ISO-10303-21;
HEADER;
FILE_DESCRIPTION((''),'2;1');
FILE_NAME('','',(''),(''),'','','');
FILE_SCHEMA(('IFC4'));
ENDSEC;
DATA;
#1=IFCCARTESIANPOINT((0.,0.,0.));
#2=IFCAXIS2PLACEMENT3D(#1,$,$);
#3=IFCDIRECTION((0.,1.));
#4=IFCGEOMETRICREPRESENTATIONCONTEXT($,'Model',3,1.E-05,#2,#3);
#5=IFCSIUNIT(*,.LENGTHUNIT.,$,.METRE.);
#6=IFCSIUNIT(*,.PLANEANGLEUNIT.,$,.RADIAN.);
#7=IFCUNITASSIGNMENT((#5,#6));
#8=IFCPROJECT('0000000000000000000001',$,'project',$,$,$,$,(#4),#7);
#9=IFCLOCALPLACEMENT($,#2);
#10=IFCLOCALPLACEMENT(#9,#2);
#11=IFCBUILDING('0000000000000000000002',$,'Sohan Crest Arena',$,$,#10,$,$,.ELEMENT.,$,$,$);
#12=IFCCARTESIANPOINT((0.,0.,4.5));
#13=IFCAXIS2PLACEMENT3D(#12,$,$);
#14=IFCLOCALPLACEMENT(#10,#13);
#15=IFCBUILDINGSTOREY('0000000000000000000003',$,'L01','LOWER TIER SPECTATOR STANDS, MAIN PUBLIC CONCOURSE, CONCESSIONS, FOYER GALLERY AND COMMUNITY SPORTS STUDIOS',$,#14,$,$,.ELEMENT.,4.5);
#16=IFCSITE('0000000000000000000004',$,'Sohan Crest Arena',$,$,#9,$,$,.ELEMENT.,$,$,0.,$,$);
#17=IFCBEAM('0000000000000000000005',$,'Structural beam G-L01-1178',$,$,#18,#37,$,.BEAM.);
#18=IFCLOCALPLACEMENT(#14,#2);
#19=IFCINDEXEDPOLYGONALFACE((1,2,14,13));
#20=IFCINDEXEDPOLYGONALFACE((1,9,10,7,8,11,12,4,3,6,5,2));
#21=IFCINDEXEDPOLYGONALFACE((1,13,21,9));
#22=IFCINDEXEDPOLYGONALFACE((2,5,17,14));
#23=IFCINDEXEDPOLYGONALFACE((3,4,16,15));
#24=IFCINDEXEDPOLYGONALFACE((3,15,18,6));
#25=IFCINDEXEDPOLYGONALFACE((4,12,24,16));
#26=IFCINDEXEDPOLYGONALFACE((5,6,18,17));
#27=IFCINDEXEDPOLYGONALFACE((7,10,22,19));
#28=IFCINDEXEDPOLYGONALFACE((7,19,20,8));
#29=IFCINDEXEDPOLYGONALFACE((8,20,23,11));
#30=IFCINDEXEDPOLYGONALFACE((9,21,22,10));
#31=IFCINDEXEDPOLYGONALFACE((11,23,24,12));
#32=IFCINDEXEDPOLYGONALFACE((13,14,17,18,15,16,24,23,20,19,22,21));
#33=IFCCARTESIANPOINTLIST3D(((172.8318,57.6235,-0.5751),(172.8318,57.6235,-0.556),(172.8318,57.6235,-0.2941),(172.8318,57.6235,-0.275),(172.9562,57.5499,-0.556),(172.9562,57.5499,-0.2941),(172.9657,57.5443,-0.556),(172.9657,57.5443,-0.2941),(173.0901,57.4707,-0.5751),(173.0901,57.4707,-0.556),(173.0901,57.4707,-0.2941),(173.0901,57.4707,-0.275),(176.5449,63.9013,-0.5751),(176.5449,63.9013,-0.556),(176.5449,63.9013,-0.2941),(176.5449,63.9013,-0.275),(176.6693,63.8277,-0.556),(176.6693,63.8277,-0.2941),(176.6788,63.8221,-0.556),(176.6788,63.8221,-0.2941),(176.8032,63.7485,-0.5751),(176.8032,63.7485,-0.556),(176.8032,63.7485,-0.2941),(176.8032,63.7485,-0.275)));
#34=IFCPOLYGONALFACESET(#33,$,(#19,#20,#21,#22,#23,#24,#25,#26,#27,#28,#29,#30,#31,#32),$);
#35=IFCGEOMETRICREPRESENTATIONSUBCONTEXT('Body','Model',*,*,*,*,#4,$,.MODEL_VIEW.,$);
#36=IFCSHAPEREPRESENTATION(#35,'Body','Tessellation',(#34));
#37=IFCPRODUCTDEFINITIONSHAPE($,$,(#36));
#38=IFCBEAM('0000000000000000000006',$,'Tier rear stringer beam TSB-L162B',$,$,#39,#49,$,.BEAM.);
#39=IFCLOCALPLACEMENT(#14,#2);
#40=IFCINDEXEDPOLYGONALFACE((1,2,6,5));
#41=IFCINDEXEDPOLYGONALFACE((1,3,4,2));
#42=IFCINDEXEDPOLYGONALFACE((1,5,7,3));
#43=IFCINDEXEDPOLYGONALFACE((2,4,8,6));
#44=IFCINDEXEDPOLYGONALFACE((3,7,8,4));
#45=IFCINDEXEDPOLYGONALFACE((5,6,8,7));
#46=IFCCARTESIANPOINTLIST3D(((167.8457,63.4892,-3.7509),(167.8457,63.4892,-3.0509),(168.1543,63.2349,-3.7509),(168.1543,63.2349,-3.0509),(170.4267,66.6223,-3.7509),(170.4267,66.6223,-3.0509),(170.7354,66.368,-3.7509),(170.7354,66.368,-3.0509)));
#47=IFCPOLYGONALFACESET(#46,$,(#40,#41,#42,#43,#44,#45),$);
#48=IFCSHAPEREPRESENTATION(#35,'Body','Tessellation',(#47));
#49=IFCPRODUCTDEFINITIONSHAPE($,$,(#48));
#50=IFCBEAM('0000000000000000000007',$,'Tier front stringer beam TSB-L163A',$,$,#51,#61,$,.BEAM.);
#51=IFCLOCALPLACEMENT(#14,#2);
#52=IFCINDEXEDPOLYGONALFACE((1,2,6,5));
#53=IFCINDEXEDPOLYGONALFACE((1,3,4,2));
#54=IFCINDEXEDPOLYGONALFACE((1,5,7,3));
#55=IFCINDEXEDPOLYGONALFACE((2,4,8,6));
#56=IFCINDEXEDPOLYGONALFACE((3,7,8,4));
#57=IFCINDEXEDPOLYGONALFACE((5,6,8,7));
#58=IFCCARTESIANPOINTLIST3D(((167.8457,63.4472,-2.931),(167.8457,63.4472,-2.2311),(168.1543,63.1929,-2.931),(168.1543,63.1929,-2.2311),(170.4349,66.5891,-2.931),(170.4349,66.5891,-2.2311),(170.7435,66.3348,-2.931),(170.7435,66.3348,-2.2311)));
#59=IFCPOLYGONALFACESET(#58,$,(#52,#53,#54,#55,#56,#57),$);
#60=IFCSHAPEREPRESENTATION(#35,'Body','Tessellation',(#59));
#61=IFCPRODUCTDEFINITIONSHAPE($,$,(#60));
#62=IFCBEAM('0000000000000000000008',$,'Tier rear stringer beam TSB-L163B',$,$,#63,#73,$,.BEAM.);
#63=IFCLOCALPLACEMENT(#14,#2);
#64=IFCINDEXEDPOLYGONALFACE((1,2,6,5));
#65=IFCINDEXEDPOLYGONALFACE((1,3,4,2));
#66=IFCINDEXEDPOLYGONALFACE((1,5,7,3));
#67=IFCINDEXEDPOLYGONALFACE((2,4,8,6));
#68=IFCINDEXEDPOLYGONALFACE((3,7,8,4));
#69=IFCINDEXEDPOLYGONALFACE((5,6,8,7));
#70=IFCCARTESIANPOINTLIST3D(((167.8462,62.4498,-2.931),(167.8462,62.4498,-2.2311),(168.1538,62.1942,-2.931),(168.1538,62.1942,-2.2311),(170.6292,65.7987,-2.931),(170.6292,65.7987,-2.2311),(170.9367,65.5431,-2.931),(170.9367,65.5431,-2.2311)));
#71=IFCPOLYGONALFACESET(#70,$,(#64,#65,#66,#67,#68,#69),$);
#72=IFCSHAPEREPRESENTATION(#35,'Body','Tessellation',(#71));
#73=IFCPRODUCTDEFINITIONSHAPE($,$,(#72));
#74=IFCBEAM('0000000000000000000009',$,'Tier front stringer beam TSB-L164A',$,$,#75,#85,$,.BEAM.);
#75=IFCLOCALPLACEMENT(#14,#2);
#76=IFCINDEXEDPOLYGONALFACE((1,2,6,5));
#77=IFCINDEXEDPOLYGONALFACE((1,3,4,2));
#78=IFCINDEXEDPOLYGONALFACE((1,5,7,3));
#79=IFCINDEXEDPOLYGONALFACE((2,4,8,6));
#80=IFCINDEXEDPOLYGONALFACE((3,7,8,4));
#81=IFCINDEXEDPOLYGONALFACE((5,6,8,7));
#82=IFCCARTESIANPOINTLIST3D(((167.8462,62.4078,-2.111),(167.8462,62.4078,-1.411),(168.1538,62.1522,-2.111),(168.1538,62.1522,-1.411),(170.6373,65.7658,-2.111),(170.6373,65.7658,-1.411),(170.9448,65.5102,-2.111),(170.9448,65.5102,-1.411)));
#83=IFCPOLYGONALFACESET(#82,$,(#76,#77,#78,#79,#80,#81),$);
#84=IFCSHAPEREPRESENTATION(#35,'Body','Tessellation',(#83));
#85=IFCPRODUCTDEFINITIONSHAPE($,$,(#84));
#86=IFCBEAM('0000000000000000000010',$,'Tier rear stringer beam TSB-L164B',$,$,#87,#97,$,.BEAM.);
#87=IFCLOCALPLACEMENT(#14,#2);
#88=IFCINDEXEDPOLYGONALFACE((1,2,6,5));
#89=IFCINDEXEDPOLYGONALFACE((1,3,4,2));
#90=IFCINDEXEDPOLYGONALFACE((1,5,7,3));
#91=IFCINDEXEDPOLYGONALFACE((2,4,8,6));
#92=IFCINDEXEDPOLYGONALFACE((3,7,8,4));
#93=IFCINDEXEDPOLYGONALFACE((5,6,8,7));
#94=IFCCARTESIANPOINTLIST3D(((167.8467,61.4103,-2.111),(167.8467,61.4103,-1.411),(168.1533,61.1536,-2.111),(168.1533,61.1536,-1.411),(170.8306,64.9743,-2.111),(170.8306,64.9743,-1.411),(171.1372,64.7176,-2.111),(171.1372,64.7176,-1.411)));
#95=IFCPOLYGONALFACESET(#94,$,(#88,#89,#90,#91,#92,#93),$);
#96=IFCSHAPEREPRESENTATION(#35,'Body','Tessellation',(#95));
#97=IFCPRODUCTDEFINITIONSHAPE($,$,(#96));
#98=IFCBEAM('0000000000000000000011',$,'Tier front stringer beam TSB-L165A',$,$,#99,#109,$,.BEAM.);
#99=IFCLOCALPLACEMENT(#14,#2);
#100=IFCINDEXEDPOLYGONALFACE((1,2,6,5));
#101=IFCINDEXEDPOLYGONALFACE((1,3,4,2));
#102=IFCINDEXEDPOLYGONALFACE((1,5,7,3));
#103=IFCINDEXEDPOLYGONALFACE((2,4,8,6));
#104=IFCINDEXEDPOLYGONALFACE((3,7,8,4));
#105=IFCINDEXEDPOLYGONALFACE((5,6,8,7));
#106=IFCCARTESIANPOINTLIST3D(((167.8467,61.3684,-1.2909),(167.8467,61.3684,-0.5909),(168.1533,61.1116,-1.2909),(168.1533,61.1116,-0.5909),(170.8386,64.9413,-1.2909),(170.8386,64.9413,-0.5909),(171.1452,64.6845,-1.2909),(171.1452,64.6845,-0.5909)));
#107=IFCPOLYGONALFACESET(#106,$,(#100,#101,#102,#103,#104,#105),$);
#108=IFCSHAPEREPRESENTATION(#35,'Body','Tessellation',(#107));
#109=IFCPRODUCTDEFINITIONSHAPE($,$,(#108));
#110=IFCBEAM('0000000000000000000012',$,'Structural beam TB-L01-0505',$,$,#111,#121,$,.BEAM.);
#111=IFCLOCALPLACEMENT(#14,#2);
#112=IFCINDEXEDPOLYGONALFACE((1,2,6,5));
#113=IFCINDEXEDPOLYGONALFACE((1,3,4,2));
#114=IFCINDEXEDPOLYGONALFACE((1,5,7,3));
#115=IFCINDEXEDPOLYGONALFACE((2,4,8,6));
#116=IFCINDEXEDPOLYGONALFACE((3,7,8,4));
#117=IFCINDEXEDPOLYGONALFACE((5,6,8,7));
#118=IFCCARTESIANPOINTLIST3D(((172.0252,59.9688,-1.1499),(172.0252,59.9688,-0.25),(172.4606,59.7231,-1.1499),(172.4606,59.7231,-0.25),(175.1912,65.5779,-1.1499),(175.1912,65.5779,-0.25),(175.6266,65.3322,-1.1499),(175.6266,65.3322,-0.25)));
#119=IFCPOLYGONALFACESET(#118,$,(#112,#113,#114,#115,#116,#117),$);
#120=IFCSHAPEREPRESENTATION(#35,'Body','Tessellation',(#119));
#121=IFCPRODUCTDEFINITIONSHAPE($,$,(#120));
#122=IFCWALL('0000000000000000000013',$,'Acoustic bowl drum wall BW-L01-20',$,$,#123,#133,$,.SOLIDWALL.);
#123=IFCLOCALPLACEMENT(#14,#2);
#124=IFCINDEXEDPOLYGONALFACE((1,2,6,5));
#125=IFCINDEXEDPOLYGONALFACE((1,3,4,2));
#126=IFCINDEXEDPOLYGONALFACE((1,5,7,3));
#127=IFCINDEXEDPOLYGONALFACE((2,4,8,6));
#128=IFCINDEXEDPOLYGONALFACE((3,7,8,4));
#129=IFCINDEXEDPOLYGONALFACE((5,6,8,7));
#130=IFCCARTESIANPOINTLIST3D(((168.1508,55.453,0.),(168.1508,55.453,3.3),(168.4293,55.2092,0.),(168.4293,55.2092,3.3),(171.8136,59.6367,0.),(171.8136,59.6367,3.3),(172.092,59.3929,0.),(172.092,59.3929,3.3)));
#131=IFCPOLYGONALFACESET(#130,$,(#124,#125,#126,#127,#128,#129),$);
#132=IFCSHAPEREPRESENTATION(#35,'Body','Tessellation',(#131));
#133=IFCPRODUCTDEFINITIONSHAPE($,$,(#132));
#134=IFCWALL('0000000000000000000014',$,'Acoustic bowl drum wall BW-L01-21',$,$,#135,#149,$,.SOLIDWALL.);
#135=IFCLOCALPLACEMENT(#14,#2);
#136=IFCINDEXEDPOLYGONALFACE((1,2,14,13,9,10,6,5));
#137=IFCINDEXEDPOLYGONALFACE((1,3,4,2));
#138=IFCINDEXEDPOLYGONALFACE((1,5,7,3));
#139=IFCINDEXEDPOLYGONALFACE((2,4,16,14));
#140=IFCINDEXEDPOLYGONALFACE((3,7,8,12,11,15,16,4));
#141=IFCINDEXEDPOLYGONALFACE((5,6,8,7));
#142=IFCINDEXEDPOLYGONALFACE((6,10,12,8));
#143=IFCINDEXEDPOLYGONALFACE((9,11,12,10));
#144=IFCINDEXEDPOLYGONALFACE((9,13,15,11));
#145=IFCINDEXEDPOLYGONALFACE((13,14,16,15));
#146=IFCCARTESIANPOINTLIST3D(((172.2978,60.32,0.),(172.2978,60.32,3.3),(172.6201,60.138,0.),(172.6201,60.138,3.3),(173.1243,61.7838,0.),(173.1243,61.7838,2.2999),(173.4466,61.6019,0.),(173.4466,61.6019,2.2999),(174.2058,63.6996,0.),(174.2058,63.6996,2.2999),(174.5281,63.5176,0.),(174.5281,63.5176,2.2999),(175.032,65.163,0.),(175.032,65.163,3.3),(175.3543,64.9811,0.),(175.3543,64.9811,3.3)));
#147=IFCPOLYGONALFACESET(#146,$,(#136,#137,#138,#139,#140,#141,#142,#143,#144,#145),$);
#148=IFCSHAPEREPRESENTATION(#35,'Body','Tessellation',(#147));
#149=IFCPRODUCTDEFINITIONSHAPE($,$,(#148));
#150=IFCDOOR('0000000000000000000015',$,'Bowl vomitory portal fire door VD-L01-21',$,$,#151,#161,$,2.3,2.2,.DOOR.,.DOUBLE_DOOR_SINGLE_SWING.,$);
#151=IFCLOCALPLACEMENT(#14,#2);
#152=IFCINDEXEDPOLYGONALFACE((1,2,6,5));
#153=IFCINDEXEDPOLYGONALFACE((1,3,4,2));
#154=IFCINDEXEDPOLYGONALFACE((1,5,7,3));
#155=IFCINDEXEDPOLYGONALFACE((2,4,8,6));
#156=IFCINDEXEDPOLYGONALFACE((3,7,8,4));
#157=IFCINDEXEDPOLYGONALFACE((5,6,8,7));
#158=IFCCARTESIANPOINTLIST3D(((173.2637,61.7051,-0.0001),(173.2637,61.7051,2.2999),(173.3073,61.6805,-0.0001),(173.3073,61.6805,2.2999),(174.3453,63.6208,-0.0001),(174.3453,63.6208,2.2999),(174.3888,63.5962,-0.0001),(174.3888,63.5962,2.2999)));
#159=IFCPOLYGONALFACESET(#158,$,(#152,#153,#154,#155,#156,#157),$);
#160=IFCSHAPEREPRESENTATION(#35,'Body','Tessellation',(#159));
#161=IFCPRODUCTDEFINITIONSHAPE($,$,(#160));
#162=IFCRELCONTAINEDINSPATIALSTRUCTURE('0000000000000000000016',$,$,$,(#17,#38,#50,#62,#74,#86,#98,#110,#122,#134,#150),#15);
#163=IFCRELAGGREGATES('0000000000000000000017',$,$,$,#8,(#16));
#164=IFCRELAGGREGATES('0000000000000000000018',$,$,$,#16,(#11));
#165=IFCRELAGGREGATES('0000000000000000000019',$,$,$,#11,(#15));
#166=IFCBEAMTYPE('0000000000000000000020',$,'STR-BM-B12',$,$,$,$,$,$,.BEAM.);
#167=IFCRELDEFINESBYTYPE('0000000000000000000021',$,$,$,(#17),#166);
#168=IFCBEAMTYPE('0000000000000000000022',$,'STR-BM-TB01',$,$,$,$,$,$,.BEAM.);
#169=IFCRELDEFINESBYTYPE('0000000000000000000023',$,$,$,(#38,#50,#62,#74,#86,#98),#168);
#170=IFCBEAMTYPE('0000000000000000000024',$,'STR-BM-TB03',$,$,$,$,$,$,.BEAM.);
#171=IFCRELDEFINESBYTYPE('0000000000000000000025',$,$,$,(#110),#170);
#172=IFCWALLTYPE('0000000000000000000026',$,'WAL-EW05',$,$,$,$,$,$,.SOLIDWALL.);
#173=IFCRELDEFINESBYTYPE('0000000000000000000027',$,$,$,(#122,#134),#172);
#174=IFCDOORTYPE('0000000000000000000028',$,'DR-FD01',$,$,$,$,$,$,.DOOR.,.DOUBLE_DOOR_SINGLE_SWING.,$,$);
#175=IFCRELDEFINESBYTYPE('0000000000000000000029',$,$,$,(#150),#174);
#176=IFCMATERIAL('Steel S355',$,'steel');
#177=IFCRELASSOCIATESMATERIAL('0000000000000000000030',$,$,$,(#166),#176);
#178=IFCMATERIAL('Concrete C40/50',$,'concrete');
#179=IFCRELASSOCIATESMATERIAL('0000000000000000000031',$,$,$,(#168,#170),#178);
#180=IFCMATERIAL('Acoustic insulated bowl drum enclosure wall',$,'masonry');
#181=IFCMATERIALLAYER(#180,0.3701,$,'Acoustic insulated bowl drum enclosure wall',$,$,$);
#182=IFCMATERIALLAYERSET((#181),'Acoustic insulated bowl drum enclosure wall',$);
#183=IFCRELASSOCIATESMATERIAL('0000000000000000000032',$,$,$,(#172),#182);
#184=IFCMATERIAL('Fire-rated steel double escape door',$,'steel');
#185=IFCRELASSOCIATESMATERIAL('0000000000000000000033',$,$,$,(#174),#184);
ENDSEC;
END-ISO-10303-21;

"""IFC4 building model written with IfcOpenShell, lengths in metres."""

from ifc_helpers import new_model, si_unit, direction, frame, frame_2d, origin, origin_2d, place, context, subcontext, project, spatial, rectangle, i_section, extrude, material, layer, layer_set, material_profile, profile_set, type_object, element, fill, save


model = new_model("IFC4")

# Units and contexts
model_context = context("Model", 3, precision=1e-05, world=origin(), true_north=direction((0.0, 1.0)))
body_context = subcontext(model_context, "Body", "Model", "MODEL_VIEW")
ifc_project = project(units=[si_unit("LENGTHUNIT", "METRE"), si_unit("PLANEANGLEUNIT", "RADIAN")], contexts=[model_context])

# Site, building, storey
site_placement = place(None, origin())
site = spatial("IfcSite", under=ifc_project, at=site_placement, Name="Sohan Crest Arena", CompositionType="ELEMENT", RefElevation=0.0)
building_placement = place(site_placement, origin())
building = spatial("IfcBuilding", under=site, at=building_placement, Name="Sohan Crest Arena", CompositionType="ELEMENT")
storey_placement = place(building_placement, frame((0.0, 0.0, 4.5)))
storey = spatial("IfcBuildingStorey", under=building, at=storey_placement, Name="L01", Description="LOWER TIER SPECTATOR STANDS, MAIN PUBLIC CONCOURSE, CONCESSIONS, FOYER GALLERY AND COMMUNITY SPORTS STUDIOS", CompositionType="ELEMENT", Elevation=4.5)

# Shared definitions
ifc_material_1 = material(Name="Concrete C40/50", Category="concrete")
ifc_material_2 = material(Name="Steel S355", Category="steel")

# Beams
ifc_material_profile_1 = material_profile(ifc_material_2, i_section(OverallWidth=0.3, OverallDepth=0.3, WebThickness=0.011, FlangeThickness=0.019, at=origin_2d()), Name="HEB 300")
ifc_profile_set_1 = profile_set([ifc_material_profile_1], Name="Steel S355")
beam_type_1 = type_object("IfcBeamType", Name="STR-BM-B12", PredefinedType="BEAM", material=ifc_profile_set_1)
beam_1_placement = place(storey_placement, frame((172.9609, 57.5471, -0.425), z_axis=(0.509086, 0.860716, 0.0), x_axis=(-0.860716, 0.509086, 0.0)))
element("IfcBeam", 1, at=beam_1_placement, inside=storey, type_object=beam_type_1, Name="Structural beam G-L01-1178", PredefinedType="BEAM", context=body_context, shape_type="SweptSolid", body=[
    extrude(i_section(OverallWidth=0.3, OverallDepth=0.3, WebThickness=0.011, FlangeThickness=0.019, at=origin_2d()), origin(), (0.0, 0.0, 1.0), 7.2937),
])
ifc_material_profile_2 = material_profile(ifc_material_1, rectangle(XDim=0.3999, YDim=0.7, at=origin_2d()), Name="RC-BM 400x700")
ifc_profile_set_2 = profile_set([ifc_material_profile_2], Name="Concrete C40/50")
beam_type_2 = type_object("IfcBeamType", Name="STR-BM-TB01", PredefinedType="BEAM", material=ifc_profile_set_2)
beam_2_placement = place(storey_placement, frame((168.0, 63.3621, -3.4009), z_axis=(0.635838, 0.771823, 0.0), x_axis=(-0.771823, 0.635838, 0.0)))
element("IfcBeam", 2, at=beam_2_placement, inside=storey, type_object=beam_type_2, Name="Tier rear stringer beam TSB-L162B", PredefinedType="BEAM", context=body_context, shape_type="SweptSolid", body=[
    extrude(rectangle(XDim=0.3999, YDim=0.7, at=origin_2d()), origin(), (0.0, 0.0, 1.0), 4.0593),
])
beam_3_placement = place(storey_placement, frame((168.0, 63.3201, -2.5811), z_axis=(0.635957, 0.771724, 0.0), x_axis=(-0.771724, 0.635957, 0.0)))
element("IfcBeam", 3, at=beam_3_placement, inside=storey, type_object=beam_type_2, Name="Tier front stringer beam TSB-L163A", PredefinedType="BEAM", context=body_context, shape_type="SweptSolid", body=[
    extrude(rectangle(XDim=0.3999, YDim=0.7, at=origin_2d()), origin(), (0.0, 0.0, 1.0), 4.0713),
])
beam_4_placement = place(storey_placement, frame((168.0, 62.322, -2.5811), z_axis=(0.63913, 0.769098, 0.0), x_axis=(-0.769098, 0.63913, 0.0)))
element("IfcBeam", 4, at=beam_4_placement, inside=storey, type_object=beam_type_2, Name="Tier rear stringer beam TSB-L163B", PredefinedType="BEAM", context=body_context, shape_type="SweptSolid", body=[
    extrude(rectangle(XDim=0.3999, YDim=0.7, at=origin_2d()), origin(), (0.0, 0.0, 1.0), 4.3542),
])
beam_5_placement = place(storey_placement, frame((168.0, 62.28, -1.761), z_axis=(0.639205, 0.769036, 0.0), x_axis=(-0.769036, 0.639205, 0.0)))
element("IfcBeam", 5, at=beam_5_placement, inside=storey, type_object=beam_type_2, Name="Tier front stringer beam TSB-L164A", PredefinedType="BEAM", context=body_context, shape_type="SweptSolid", body=[
    extrude(rectangle(XDim=0.3999, YDim=0.7, at=origin_2d()), origin(), (0.0, 0.0, 1.0), 4.3665),
])
beam_6_placement = place(storey_placement, frame((168.0, 61.282, -1.761), z_axis=(0.64195, 0.766747, 0.0), x_axis=(-0.766747, 0.64195, 0.0)))
element("IfcBeam", 6, at=beam_6_placement, inside=storey, type_object=beam_type_2, Name="Tier rear stringer beam TSB-L164B", PredefinedType="BEAM", context=body_context, shape_type="SweptSolid", body=[
    extrude(rectangle(XDim=0.3999, YDim=0.7, at=origin_2d()), origin(), (0.0, 0.0, 1.0), 4.6482),
])
beam_7_placement = place(storey_placement, frame((168.0, 61.24, -0.9409), z_axis=(0.642012, 0.766695, 0.0), x_axis=(-0.766695, 0.642012, 0.0)))
element("IfcBeam", 7, at=beam_7_placement, inside=storey, type_object=beam_type_2, Name="Tier front stringer beam TSB-L165A", PredefinedType="BEAM", context=body_context, shape_type="SweptSolid", body=[
    extrude(rectangle(XDim=0.3999, YDim=0.7, at=origin_2d()), origin(), (0.0, 0.0, 1.0), 4.6602),
])
ifc_material_profile_3 = material_profile(ifc_material_1, rectangle(XDim=0.5, YDim=0.8999, at=origin_2d()), Name="RC-BM 500x900")
ifc_profile_set_3 = profile_set([ifc_material_profile_3], Name="Concrete C40/50")
beam_type_3 = type_object("IfcBeamType", Name="STR-BM-TB03", PredefinedType="BEAM", material=ifc_profile_set_3)
beam_8_placement = place(storey_placement, frame((172.2429, 59.8459, -0.7), z_axis=(0.491544, 0.870853, 0.0), x_axis=(-0.870853, 0.491544, 0.0)))
element("IfcBeam", 8, at=beam_8_placement, inside=storey, type_object=beam_type_3, Name="Structural beam TB-L01-0505", PredefinedType="BEAM", context=body_context, shape_type="SweptSolid", body=[
    extrude(rectangle(XDim=0.5, YDim=0.8999, at=origin_2d()), origin(), (0.0, 0.0, 1.0), 6.4409),
])

# Wall
ifc_material_3 = material(Name="Acoustic insulated bowl drum enclosure wall", Category="masonry")
ifc_layer = layer(ifc_material_3, 0.3701, Name="Acoustic insulated bowl drum enclosure wall")
ifc_layer_set = layer_set([ifc_layer], Name="Acoustic insulated bowl drum enclosure wall")
wall_type = type_object("IfcWallType", Name="WAL-EW05", PredefinedType="SOLIDWALL", material=ifc_layer_set)
wall_1_placement = place(storey_placement, frame((168.29, 55.3311, 0.0), z_axis=(0.0, 0.0, 1.0), x_axis=(0.658707, 0.7524, 0.0)))
element("IfcWall", 9, at=wall_1_placement, inside=storey, type_object=wall_type, Name="Acoustic bowl drum wall BW-L01-20", PredefinedType="SOLIDWALL", context=body_context, shape_type="SweptSolid", body=[
    extrude(rectangle(XDim=5.5605, YDim=0.3701, at=frame_2d((2.7803, 0.0))), origin(), (0.0, 0.0, 1.0), 3.3),
])

# Wall, opening, door
wall_2_placement = place(storey_placement, frame((172.459, 60.229, 0.0), z_axis=(0.0, 0.0, 1.0), x_axis=(0.491617, 0.870811, 0.0)))
wall_2 = element("IfcWall", 10, at=wall_2_placement, inside=storey, type_object=wall_type, Name="Acoustic bowl drum wall BW-L01-21", PredefinedType="SOLIDWALL", context=body_context, shape_type="SweptSolid", body=[
    extrude(rectangle(XDim=5.5615, YDim=0.3701, at=frame_2d((2.7808, 0.0))), origin(), (0.0, 0.0, 1.0), 3.3),
])
opening_placement = place(wall_2_placement, frame((1.6809, 0.0, 0.0)))
opening = element("IfcOpeningElement", 11, at=opening_placement, cuts=wall_2, PredefinedType="OPENING", context=body_context, shape_type="SweptSolid", body=[
    extrude(rectangle(XDim=2.2, YDim=2.3, at=frame_2d((1.1001, 1.1499))), frame((0.0, 0.1951, 0.0), z_axis=(0.0, -1.0, 0.0), x_axis=(1.0, 0.0, 0.0)), (0.0, 0.0, 1.0), 0.3901),
])
ifc_material_4 = material(Name="Fire-rated steel double escape door", Category="steel")
door_type = type_object("IfcDoorType", Name="DR-FD01", OperationType="DOUBLE_DOOR_SINGLE_SWING", PredefinedType="DOOR", material=ifc_material_4)
door_placement = place(opening_placement, origin())
door = element("IfcDoor", 12, at=door_placement, inside=storey, type_object=door_type, Name="Bowl vomitory portal fire door VD-L01-21", OperationType="DOUBLE_DOOR_SINGLE_SWING", OverallHeight=2.3, OverallWidth=2.2, PredefinedType="DOOR", context=body_context, shape_type="SweptSolid", body=[
    extrude(rectangle(XDim=2.2, YDim=2.3, at=frame_2d((1.1001, 1.1499))), frame((0.0, 0.0249, 0.0), z_axis=(0.0, -1.0, 0.0), x_axis=(1.0, 0.0, 0.0)), (0.0, 0.0, 1.0), 0.05),
])
fill(opening, door)

save(model, "model.ifc")
